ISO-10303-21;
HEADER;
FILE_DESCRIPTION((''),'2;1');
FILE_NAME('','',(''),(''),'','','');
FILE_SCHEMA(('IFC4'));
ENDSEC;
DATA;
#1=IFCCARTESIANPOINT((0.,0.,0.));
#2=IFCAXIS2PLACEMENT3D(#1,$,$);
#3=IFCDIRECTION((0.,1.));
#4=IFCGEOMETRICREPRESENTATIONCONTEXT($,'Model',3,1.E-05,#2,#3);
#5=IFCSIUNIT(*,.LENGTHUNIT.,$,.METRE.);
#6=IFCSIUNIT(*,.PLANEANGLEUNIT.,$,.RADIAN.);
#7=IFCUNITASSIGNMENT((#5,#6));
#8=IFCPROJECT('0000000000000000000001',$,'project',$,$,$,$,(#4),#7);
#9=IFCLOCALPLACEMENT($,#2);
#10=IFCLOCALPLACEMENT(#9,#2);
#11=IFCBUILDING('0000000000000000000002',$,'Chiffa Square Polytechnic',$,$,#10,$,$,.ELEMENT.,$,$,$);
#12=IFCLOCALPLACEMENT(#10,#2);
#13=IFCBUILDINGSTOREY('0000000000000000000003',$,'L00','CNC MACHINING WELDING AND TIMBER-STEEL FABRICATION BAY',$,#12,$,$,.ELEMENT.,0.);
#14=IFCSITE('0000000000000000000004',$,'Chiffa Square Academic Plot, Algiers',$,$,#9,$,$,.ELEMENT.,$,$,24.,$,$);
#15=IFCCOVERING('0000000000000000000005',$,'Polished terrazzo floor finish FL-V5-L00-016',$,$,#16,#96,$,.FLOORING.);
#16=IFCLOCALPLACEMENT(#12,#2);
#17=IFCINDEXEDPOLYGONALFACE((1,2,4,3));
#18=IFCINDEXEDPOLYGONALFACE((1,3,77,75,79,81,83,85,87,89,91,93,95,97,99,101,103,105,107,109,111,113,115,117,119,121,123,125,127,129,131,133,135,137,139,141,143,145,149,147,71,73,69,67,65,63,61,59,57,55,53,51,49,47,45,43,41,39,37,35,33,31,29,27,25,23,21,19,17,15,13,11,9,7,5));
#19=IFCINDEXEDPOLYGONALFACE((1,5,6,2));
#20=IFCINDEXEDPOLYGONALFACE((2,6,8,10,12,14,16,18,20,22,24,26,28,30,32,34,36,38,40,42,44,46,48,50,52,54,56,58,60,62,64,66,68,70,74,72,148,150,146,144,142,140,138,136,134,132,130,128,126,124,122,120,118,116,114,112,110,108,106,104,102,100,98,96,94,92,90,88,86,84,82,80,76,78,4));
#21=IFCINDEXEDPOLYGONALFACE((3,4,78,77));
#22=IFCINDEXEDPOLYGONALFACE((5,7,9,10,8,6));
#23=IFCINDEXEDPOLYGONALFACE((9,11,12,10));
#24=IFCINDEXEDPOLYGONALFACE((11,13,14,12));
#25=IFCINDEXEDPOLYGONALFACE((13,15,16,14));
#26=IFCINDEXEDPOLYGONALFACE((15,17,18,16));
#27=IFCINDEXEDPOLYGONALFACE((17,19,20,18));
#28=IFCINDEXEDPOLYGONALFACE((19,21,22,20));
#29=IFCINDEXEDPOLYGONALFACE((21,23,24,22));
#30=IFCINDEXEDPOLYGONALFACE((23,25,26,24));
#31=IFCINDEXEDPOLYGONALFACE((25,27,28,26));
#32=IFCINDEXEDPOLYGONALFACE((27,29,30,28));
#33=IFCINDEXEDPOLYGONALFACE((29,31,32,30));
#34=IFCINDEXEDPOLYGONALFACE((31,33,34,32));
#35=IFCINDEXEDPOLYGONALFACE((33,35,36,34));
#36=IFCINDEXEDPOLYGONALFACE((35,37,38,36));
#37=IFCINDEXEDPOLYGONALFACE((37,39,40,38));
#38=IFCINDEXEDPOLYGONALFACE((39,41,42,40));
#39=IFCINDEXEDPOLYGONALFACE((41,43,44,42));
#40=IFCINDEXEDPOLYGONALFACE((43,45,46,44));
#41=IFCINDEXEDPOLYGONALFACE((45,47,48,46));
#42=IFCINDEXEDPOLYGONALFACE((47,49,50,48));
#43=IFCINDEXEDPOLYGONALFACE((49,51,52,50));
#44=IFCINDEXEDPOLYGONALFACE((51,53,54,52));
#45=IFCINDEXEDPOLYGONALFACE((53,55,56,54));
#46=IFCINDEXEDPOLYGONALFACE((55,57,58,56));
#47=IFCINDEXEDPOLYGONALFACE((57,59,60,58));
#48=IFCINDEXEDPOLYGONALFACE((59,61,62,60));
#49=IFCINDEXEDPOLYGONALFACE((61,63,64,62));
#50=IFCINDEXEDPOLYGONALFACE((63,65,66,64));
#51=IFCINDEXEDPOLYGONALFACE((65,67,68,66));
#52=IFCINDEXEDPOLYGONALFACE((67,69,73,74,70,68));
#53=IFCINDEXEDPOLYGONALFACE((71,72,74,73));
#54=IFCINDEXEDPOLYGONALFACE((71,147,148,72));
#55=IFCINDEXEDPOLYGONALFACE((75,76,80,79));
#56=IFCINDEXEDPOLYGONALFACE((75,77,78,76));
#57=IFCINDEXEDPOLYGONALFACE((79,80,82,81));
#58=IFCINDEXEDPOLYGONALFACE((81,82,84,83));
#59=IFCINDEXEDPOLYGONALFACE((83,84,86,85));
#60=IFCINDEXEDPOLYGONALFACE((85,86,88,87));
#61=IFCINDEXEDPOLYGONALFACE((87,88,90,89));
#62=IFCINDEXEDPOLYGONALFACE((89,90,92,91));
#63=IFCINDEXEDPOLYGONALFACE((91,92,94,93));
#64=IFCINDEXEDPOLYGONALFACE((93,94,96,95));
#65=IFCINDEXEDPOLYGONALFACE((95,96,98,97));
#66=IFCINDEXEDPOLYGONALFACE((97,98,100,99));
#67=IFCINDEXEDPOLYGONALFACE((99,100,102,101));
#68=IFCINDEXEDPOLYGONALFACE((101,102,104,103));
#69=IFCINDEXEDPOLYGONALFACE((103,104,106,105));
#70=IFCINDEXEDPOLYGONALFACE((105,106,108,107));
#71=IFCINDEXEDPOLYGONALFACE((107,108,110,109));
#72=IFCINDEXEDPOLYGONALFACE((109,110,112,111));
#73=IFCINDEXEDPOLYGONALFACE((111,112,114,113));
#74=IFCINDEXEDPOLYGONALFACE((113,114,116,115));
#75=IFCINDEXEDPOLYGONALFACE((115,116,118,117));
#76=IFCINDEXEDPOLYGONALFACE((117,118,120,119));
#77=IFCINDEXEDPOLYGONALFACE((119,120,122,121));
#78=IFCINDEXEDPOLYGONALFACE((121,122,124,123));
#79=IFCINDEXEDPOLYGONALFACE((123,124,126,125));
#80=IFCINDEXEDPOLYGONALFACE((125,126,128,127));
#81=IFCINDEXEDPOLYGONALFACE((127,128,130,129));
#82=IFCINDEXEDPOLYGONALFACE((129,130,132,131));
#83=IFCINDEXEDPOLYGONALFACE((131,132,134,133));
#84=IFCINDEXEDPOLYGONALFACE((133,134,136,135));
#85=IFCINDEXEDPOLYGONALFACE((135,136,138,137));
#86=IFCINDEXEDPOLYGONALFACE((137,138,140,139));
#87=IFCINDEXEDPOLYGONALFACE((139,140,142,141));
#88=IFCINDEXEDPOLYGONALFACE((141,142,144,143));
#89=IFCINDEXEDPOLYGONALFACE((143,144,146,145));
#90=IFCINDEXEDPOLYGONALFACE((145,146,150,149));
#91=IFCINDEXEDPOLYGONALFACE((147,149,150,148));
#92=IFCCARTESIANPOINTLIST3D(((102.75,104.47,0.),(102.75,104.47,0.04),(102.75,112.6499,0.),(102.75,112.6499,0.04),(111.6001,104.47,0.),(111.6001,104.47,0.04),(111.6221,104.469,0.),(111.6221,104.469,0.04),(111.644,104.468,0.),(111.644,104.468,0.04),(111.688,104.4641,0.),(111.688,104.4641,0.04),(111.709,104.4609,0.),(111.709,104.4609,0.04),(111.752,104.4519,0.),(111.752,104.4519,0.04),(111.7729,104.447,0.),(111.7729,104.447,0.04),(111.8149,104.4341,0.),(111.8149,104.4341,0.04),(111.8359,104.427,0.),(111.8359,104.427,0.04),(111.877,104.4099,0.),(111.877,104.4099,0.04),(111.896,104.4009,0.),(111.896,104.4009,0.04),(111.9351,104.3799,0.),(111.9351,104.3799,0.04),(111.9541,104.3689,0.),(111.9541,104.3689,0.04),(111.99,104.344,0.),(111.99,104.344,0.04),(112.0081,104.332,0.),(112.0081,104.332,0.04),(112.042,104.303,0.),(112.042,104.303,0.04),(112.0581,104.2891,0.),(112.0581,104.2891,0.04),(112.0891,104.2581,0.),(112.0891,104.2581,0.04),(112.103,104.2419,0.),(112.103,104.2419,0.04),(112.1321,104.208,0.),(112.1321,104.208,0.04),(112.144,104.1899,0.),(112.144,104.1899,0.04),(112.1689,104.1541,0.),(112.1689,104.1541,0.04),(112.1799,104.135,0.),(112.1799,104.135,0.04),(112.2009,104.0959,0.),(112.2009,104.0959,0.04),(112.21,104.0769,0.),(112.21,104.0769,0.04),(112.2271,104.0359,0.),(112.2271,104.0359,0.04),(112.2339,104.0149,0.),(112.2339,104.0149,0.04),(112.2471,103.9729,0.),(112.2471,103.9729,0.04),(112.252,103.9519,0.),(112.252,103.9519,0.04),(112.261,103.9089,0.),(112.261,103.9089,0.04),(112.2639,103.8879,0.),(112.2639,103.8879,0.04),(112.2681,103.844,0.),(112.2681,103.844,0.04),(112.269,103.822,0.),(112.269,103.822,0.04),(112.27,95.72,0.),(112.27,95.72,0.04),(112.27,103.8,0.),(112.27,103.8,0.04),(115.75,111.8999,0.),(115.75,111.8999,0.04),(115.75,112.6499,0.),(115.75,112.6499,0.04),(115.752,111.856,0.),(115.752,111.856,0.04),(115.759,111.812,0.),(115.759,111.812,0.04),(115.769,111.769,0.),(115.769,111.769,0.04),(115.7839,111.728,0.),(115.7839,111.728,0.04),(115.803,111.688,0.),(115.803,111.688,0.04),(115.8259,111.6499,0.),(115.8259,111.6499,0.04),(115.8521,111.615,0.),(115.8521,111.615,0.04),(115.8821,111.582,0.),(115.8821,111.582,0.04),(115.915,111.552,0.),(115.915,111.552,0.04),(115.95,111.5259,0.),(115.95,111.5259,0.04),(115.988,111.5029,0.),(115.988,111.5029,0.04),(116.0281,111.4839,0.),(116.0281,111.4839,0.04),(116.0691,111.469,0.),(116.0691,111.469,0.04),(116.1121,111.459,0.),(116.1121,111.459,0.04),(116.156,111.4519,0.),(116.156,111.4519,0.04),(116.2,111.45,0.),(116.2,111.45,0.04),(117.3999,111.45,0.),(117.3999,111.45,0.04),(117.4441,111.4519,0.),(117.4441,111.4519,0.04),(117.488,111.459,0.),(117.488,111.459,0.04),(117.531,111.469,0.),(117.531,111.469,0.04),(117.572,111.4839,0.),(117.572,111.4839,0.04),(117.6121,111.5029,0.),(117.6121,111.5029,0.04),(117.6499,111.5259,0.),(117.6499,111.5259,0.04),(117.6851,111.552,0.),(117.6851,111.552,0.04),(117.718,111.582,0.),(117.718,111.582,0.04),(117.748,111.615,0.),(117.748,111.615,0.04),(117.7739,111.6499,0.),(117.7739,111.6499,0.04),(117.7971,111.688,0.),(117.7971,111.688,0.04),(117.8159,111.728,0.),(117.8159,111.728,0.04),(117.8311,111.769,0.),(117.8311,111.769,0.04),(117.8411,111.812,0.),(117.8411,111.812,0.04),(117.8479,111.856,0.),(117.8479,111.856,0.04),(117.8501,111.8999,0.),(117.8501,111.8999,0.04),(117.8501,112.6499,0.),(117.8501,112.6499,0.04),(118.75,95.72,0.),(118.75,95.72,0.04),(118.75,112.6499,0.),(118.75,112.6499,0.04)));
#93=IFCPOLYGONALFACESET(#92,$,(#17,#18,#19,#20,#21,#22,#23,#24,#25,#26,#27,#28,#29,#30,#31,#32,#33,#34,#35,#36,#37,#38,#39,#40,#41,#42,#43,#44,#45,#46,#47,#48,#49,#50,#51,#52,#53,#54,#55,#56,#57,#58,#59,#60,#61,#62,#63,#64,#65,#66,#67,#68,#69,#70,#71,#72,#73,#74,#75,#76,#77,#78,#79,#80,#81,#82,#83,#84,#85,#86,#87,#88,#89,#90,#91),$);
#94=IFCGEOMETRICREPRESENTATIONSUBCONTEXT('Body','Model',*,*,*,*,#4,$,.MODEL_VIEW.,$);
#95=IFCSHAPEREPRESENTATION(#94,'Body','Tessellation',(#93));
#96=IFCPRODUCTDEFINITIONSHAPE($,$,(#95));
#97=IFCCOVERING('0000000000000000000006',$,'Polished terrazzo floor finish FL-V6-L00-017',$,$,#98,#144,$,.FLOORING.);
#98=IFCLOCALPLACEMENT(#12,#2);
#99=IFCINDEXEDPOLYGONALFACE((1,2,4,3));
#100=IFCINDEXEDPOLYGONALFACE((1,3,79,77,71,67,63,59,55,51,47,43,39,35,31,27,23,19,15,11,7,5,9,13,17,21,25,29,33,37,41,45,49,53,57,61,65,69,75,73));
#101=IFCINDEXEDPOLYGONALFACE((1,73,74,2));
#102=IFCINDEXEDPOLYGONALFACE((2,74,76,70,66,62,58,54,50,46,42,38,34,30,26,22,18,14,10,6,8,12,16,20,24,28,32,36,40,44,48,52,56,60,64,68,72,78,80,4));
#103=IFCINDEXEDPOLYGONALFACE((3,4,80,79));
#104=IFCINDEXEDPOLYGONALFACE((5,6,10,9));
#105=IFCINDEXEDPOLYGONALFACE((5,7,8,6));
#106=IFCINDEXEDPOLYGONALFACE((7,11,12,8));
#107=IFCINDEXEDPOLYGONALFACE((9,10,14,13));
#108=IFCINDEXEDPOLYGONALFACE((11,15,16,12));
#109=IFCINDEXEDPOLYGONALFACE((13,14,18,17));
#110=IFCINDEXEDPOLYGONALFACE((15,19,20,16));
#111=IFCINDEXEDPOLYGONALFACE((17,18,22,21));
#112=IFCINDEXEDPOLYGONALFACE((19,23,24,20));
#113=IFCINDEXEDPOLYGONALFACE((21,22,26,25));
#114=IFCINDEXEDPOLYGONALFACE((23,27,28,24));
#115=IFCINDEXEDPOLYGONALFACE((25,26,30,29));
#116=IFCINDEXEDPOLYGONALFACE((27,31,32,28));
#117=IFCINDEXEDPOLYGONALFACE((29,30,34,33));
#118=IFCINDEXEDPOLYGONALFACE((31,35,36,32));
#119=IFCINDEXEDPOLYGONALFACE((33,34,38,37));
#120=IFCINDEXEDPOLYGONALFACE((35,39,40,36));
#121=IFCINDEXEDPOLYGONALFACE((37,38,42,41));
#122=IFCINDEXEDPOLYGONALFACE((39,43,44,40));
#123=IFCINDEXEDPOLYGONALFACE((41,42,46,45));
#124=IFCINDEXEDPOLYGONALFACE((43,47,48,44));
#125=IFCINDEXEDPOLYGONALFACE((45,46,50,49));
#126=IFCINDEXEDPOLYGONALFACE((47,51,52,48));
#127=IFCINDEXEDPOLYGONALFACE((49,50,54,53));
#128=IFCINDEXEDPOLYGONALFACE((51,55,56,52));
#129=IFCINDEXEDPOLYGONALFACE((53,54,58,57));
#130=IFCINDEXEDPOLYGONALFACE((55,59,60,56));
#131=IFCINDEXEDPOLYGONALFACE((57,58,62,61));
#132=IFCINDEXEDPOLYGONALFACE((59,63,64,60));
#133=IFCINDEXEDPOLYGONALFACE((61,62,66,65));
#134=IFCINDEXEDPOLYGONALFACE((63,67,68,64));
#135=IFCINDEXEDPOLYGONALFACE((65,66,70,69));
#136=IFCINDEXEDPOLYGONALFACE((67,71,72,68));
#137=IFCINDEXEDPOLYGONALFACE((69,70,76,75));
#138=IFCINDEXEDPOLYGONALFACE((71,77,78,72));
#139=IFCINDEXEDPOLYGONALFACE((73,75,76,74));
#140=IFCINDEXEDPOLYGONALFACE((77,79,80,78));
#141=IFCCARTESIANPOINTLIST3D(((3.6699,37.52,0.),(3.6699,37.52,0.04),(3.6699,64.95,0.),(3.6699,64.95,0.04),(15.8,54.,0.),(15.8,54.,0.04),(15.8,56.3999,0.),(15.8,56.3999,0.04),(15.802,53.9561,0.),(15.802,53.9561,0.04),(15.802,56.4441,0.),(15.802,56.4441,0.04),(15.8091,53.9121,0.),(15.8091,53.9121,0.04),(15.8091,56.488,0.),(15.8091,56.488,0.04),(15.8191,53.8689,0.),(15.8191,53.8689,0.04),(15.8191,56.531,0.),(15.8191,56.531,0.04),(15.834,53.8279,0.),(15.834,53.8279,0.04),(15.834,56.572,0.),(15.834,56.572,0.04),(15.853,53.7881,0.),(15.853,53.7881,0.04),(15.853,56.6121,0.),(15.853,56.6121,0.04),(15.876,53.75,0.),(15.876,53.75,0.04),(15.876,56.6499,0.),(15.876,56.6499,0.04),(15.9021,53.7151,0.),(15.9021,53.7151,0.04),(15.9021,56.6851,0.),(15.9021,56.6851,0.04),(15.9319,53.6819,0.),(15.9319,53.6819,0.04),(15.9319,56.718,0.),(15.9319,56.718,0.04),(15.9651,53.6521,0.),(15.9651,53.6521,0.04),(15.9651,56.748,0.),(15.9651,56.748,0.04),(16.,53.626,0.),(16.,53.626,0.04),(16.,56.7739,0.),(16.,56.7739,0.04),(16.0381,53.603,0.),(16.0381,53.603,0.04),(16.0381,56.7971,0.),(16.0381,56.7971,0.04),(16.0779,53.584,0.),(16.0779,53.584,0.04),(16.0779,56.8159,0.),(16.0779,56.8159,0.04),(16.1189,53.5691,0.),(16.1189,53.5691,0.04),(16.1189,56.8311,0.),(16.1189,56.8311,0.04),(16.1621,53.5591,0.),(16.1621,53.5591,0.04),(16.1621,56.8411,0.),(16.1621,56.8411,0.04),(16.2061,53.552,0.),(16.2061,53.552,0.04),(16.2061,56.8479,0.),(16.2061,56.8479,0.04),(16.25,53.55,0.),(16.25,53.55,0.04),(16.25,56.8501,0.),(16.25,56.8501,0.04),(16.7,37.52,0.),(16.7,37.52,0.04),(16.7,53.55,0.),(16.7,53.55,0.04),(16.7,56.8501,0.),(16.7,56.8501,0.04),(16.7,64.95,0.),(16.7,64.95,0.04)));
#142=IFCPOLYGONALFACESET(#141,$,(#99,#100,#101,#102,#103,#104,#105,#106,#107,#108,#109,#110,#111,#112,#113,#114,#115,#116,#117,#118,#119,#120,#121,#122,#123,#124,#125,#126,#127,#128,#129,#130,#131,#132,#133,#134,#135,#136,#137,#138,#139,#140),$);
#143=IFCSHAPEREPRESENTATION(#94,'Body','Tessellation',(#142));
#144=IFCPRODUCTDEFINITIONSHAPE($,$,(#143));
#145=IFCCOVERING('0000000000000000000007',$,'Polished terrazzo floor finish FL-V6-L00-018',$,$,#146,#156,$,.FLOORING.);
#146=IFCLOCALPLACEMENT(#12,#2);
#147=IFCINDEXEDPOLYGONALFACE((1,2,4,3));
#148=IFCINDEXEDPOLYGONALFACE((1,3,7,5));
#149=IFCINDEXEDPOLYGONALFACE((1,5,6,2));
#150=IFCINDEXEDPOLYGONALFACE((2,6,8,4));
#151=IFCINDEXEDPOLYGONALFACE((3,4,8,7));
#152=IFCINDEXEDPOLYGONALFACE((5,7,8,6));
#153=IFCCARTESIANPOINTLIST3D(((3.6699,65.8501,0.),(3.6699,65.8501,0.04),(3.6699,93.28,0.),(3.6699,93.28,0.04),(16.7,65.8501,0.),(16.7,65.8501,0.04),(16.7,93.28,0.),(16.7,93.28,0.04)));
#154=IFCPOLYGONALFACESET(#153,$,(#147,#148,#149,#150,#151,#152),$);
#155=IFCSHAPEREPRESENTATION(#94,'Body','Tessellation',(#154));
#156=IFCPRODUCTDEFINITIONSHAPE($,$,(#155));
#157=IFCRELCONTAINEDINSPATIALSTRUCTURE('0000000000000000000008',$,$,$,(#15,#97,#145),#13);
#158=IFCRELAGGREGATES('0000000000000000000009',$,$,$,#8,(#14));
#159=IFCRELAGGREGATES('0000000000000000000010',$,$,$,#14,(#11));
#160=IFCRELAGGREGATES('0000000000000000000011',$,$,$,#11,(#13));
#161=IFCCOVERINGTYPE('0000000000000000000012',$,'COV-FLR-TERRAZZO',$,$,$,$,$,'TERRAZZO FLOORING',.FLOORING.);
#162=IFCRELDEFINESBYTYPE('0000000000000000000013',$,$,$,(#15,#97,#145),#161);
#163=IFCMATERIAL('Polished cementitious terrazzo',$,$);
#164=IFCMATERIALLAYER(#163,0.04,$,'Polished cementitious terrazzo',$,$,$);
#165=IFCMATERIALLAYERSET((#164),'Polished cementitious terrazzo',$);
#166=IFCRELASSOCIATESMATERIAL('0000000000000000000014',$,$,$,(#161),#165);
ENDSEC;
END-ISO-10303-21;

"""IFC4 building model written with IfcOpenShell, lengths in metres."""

from ifc_helpers import new_model, si_unit, direction, origin, place, context, subcontext, project, spatial, polyline, outline, extrude, material, layer, layer_set, type_object, element, save


model = new_model("IFC4")

# Units and contexts
model_context = context("Model", 3, precision=1e-05, world=origin(), true_north=direction((0.0, 1.0)))
body_context = subcontext(model_context, "Body", "Model", "MODEL_VIEW")
ifc_project = project(units=[si_unit("LENGTHUNIT", "METRE"), si_unit("PLANEANGLEUNIT", "RADIAN")], contexts=[model_context])

# Site, building, storey
site_placement = place(None, origin())
site = spatial("IfcSite", under=ifc_project, at=site_placement, Name="Chiffa Square Academic Plot, Algiers", CompositionType="ELEMENT", RefElevation=24.0)
building_placement = place(site_placement, origin())
building = spatial("IfcBuilding", under=site, at=building_placement, Name="Chiffa Square Polytechnic", CompositionType="ELEMENT")
storey_placement = place(building_placement, origin())
storey = spatial("IfcBuildingStorey", under=building, at=storey_placement, Name="L00", Description="CNC MACHINING WELDING AND TIMBER-STEEL FABRICATION BAY", CompositionType="ELEMENT", Elevation=0.0)

# Coverings
ifc_material_1 = material(Name="Polished cementitious terrazzo")
ifc_layer_1 = layer(ifc_material_1, 0.04, Name="Polished cementitious terrazzo")
ifc_layer_set_1 = layer_set([ifc_layer_1], Name="Polished cementitious terrazzo")
covering_type_1 = type_object("IfcCoveringType", Name="COV-FLR-TERRAZZO", ElementType="TERRAZZO FLOORING", PredefinedType="FLOORING", material=ifc_layer_set_1)
covering_1_placement = place(storey_placement, origin())
element("IfcCovering", 1, at=covering_1_placement, inside=storey, type_object=covering_type_1, Name="Polished terrazzo floor finish FL-V5-L00-016", PredefinedType="FLOORING", context=body_context, shape_type="SweptSolid", body=[
    extrude(outline(polyline([(102.75, 112.6499), (115.75, 112.6499), (115.75, 111.8999), (115.752, 111.856), (115.759, 111.812), (115.769, 111.769), (115.7839, 111.728), (115.803, 111.688), (115.8259, 111.6499), (115.8521, 111.615), (115.8821, 111.582), (115.915, 111.552), (115.95, 111.5259), (115.988, 111.5029), (116.0281, 111.4839), (116.0691, 111.469), (116.1121, 111.459), (116.156, 111.4519), (116.2, 111.45), (117.3999, 111.45), (117.4441, 111.4519), (117.488, 111.459), (117.531, 111.469), (117.572, 111.4839), (117.6121, 111.5029), (117.6499, 111.5259), (117.6851, 111.552), (117.718, 111.582), (117.748, 111.615), (117.7739, 111.6499), (117.7971, 111.688), (117.8159, 111.728), (117.8311, 111.769), (117.8411, 111.812), (117.8479, 111.856), (117.8501, 111.8999), (117.8501, 112.6499), (118.75, 112.6499), (118.75, 95.72), (112.27, 95.72), (112.27, 103.8), (112.269, 103.822), (112.2681, 103.844), (112.2639, 103.8879), (112.261, 103.9089), (112.252, 103.9519), (112.2471, 103.9729), (112.2339, 104.0149), (112.2271, 104.0359), (112.21, 104.0769), (112.2009, 104.0959), (112.1799, 104.135), (112.1689, 104.1541), (112.144, 104.1899), (112.1321, 104.208), (112.103, 104.2419), (112.0891, 104.2581), (112.0581, 104.2891), (112.042, 104.303), (112.0081, 104.332), (111.99, 104.344), (111.9541, 104.3689), (111.9351, 104.3799), (111.896, 104.4009), (111.877, 104.4099), (111.8359, 104.427), (111.8149, 104.4341), (111.7729, 104.447), (111.752, 104.4519), (111.709, 104.4609), (111.688, 104.4641), (111.644, 104.468), (111.6221, 104.469), (111.6001, 104.47), (102.75, 104.47), (102.75, 112.6499)])), origin(), (0.0, 0.0, 1.0), 0.04),
])
covering_2_placement = place(storey_placement, origin())
element("IfcCovering", 2, at=covering_2_placement, inside=storey, type_object=covering_type_1, Name="Polished terrazzo floor finish FL-V6-L00-017", PredefinedType="FLOORING", context=body_context, shape_type="SweptSolid", body=[
    extrude(outline(polyline([(16.7, 64.95), (16.7, 56.8501), (16.25, 56.8501), (16.2061, 56.8479), (16.1621, 56.8411), (16.1189, 56.8311), (16.0779, 56.8159), (16.0381, 56.7971), (16.0, 56.7739), (15.9651, 56.748), (15.9319, 56.718), (15.9021, 56.6851), (15.876, 56.6499), (15.853, 56.6121), (15.834, 56.572), (15.8191, 56.531), (15.8091, 56.488), (15.802, 56.4441), (15.8, 56.3999), (15.8, 54.0), (15.802, 53.9561), (15.8091, 53.9121), (15.8191, 53.8689), (15.834, 53.8279), (15.853, 53.7881), (15.876, 53.75), (15.9021, 53.7151), (15.9319, 53.6819), (15.9651, 53.6521), (16.0, 53.626), (16.0381, 53.603), (16.0779, 53.584), (16.1189, 53.5691), (16.1621, 53.5591), (16.2061, 53.552), (16.25, 53.55), (16.7, 53.55), (16.7, 37.52), (3.6699, 37.52), (3.6699, 64.95), (16.7, 64.95)])), origin(), (0.0, 0.0, 1.0), 0.04),
])
covering_3_placement = place(storey_placement, origin())
element("IfcCovering", 3, at=covering_3_placement, inside=storey, type_object=covering_type_1, Name="Polished terrazzo floor finish FL-V6-L00-018", PredefinedType="FLOORING", context=body_context, shape_type="SweptSolid", body=[
    extrude(outline(polyline([(3.6699, 65.8501), (3.6699, 93.28), (16.7, 93.28), (16.7, 65.8501), (3.6699, 65.8501)])), origin(), (0.0, 0.0, 1.0), 0.04),
])

save(model, "model.ifc")
